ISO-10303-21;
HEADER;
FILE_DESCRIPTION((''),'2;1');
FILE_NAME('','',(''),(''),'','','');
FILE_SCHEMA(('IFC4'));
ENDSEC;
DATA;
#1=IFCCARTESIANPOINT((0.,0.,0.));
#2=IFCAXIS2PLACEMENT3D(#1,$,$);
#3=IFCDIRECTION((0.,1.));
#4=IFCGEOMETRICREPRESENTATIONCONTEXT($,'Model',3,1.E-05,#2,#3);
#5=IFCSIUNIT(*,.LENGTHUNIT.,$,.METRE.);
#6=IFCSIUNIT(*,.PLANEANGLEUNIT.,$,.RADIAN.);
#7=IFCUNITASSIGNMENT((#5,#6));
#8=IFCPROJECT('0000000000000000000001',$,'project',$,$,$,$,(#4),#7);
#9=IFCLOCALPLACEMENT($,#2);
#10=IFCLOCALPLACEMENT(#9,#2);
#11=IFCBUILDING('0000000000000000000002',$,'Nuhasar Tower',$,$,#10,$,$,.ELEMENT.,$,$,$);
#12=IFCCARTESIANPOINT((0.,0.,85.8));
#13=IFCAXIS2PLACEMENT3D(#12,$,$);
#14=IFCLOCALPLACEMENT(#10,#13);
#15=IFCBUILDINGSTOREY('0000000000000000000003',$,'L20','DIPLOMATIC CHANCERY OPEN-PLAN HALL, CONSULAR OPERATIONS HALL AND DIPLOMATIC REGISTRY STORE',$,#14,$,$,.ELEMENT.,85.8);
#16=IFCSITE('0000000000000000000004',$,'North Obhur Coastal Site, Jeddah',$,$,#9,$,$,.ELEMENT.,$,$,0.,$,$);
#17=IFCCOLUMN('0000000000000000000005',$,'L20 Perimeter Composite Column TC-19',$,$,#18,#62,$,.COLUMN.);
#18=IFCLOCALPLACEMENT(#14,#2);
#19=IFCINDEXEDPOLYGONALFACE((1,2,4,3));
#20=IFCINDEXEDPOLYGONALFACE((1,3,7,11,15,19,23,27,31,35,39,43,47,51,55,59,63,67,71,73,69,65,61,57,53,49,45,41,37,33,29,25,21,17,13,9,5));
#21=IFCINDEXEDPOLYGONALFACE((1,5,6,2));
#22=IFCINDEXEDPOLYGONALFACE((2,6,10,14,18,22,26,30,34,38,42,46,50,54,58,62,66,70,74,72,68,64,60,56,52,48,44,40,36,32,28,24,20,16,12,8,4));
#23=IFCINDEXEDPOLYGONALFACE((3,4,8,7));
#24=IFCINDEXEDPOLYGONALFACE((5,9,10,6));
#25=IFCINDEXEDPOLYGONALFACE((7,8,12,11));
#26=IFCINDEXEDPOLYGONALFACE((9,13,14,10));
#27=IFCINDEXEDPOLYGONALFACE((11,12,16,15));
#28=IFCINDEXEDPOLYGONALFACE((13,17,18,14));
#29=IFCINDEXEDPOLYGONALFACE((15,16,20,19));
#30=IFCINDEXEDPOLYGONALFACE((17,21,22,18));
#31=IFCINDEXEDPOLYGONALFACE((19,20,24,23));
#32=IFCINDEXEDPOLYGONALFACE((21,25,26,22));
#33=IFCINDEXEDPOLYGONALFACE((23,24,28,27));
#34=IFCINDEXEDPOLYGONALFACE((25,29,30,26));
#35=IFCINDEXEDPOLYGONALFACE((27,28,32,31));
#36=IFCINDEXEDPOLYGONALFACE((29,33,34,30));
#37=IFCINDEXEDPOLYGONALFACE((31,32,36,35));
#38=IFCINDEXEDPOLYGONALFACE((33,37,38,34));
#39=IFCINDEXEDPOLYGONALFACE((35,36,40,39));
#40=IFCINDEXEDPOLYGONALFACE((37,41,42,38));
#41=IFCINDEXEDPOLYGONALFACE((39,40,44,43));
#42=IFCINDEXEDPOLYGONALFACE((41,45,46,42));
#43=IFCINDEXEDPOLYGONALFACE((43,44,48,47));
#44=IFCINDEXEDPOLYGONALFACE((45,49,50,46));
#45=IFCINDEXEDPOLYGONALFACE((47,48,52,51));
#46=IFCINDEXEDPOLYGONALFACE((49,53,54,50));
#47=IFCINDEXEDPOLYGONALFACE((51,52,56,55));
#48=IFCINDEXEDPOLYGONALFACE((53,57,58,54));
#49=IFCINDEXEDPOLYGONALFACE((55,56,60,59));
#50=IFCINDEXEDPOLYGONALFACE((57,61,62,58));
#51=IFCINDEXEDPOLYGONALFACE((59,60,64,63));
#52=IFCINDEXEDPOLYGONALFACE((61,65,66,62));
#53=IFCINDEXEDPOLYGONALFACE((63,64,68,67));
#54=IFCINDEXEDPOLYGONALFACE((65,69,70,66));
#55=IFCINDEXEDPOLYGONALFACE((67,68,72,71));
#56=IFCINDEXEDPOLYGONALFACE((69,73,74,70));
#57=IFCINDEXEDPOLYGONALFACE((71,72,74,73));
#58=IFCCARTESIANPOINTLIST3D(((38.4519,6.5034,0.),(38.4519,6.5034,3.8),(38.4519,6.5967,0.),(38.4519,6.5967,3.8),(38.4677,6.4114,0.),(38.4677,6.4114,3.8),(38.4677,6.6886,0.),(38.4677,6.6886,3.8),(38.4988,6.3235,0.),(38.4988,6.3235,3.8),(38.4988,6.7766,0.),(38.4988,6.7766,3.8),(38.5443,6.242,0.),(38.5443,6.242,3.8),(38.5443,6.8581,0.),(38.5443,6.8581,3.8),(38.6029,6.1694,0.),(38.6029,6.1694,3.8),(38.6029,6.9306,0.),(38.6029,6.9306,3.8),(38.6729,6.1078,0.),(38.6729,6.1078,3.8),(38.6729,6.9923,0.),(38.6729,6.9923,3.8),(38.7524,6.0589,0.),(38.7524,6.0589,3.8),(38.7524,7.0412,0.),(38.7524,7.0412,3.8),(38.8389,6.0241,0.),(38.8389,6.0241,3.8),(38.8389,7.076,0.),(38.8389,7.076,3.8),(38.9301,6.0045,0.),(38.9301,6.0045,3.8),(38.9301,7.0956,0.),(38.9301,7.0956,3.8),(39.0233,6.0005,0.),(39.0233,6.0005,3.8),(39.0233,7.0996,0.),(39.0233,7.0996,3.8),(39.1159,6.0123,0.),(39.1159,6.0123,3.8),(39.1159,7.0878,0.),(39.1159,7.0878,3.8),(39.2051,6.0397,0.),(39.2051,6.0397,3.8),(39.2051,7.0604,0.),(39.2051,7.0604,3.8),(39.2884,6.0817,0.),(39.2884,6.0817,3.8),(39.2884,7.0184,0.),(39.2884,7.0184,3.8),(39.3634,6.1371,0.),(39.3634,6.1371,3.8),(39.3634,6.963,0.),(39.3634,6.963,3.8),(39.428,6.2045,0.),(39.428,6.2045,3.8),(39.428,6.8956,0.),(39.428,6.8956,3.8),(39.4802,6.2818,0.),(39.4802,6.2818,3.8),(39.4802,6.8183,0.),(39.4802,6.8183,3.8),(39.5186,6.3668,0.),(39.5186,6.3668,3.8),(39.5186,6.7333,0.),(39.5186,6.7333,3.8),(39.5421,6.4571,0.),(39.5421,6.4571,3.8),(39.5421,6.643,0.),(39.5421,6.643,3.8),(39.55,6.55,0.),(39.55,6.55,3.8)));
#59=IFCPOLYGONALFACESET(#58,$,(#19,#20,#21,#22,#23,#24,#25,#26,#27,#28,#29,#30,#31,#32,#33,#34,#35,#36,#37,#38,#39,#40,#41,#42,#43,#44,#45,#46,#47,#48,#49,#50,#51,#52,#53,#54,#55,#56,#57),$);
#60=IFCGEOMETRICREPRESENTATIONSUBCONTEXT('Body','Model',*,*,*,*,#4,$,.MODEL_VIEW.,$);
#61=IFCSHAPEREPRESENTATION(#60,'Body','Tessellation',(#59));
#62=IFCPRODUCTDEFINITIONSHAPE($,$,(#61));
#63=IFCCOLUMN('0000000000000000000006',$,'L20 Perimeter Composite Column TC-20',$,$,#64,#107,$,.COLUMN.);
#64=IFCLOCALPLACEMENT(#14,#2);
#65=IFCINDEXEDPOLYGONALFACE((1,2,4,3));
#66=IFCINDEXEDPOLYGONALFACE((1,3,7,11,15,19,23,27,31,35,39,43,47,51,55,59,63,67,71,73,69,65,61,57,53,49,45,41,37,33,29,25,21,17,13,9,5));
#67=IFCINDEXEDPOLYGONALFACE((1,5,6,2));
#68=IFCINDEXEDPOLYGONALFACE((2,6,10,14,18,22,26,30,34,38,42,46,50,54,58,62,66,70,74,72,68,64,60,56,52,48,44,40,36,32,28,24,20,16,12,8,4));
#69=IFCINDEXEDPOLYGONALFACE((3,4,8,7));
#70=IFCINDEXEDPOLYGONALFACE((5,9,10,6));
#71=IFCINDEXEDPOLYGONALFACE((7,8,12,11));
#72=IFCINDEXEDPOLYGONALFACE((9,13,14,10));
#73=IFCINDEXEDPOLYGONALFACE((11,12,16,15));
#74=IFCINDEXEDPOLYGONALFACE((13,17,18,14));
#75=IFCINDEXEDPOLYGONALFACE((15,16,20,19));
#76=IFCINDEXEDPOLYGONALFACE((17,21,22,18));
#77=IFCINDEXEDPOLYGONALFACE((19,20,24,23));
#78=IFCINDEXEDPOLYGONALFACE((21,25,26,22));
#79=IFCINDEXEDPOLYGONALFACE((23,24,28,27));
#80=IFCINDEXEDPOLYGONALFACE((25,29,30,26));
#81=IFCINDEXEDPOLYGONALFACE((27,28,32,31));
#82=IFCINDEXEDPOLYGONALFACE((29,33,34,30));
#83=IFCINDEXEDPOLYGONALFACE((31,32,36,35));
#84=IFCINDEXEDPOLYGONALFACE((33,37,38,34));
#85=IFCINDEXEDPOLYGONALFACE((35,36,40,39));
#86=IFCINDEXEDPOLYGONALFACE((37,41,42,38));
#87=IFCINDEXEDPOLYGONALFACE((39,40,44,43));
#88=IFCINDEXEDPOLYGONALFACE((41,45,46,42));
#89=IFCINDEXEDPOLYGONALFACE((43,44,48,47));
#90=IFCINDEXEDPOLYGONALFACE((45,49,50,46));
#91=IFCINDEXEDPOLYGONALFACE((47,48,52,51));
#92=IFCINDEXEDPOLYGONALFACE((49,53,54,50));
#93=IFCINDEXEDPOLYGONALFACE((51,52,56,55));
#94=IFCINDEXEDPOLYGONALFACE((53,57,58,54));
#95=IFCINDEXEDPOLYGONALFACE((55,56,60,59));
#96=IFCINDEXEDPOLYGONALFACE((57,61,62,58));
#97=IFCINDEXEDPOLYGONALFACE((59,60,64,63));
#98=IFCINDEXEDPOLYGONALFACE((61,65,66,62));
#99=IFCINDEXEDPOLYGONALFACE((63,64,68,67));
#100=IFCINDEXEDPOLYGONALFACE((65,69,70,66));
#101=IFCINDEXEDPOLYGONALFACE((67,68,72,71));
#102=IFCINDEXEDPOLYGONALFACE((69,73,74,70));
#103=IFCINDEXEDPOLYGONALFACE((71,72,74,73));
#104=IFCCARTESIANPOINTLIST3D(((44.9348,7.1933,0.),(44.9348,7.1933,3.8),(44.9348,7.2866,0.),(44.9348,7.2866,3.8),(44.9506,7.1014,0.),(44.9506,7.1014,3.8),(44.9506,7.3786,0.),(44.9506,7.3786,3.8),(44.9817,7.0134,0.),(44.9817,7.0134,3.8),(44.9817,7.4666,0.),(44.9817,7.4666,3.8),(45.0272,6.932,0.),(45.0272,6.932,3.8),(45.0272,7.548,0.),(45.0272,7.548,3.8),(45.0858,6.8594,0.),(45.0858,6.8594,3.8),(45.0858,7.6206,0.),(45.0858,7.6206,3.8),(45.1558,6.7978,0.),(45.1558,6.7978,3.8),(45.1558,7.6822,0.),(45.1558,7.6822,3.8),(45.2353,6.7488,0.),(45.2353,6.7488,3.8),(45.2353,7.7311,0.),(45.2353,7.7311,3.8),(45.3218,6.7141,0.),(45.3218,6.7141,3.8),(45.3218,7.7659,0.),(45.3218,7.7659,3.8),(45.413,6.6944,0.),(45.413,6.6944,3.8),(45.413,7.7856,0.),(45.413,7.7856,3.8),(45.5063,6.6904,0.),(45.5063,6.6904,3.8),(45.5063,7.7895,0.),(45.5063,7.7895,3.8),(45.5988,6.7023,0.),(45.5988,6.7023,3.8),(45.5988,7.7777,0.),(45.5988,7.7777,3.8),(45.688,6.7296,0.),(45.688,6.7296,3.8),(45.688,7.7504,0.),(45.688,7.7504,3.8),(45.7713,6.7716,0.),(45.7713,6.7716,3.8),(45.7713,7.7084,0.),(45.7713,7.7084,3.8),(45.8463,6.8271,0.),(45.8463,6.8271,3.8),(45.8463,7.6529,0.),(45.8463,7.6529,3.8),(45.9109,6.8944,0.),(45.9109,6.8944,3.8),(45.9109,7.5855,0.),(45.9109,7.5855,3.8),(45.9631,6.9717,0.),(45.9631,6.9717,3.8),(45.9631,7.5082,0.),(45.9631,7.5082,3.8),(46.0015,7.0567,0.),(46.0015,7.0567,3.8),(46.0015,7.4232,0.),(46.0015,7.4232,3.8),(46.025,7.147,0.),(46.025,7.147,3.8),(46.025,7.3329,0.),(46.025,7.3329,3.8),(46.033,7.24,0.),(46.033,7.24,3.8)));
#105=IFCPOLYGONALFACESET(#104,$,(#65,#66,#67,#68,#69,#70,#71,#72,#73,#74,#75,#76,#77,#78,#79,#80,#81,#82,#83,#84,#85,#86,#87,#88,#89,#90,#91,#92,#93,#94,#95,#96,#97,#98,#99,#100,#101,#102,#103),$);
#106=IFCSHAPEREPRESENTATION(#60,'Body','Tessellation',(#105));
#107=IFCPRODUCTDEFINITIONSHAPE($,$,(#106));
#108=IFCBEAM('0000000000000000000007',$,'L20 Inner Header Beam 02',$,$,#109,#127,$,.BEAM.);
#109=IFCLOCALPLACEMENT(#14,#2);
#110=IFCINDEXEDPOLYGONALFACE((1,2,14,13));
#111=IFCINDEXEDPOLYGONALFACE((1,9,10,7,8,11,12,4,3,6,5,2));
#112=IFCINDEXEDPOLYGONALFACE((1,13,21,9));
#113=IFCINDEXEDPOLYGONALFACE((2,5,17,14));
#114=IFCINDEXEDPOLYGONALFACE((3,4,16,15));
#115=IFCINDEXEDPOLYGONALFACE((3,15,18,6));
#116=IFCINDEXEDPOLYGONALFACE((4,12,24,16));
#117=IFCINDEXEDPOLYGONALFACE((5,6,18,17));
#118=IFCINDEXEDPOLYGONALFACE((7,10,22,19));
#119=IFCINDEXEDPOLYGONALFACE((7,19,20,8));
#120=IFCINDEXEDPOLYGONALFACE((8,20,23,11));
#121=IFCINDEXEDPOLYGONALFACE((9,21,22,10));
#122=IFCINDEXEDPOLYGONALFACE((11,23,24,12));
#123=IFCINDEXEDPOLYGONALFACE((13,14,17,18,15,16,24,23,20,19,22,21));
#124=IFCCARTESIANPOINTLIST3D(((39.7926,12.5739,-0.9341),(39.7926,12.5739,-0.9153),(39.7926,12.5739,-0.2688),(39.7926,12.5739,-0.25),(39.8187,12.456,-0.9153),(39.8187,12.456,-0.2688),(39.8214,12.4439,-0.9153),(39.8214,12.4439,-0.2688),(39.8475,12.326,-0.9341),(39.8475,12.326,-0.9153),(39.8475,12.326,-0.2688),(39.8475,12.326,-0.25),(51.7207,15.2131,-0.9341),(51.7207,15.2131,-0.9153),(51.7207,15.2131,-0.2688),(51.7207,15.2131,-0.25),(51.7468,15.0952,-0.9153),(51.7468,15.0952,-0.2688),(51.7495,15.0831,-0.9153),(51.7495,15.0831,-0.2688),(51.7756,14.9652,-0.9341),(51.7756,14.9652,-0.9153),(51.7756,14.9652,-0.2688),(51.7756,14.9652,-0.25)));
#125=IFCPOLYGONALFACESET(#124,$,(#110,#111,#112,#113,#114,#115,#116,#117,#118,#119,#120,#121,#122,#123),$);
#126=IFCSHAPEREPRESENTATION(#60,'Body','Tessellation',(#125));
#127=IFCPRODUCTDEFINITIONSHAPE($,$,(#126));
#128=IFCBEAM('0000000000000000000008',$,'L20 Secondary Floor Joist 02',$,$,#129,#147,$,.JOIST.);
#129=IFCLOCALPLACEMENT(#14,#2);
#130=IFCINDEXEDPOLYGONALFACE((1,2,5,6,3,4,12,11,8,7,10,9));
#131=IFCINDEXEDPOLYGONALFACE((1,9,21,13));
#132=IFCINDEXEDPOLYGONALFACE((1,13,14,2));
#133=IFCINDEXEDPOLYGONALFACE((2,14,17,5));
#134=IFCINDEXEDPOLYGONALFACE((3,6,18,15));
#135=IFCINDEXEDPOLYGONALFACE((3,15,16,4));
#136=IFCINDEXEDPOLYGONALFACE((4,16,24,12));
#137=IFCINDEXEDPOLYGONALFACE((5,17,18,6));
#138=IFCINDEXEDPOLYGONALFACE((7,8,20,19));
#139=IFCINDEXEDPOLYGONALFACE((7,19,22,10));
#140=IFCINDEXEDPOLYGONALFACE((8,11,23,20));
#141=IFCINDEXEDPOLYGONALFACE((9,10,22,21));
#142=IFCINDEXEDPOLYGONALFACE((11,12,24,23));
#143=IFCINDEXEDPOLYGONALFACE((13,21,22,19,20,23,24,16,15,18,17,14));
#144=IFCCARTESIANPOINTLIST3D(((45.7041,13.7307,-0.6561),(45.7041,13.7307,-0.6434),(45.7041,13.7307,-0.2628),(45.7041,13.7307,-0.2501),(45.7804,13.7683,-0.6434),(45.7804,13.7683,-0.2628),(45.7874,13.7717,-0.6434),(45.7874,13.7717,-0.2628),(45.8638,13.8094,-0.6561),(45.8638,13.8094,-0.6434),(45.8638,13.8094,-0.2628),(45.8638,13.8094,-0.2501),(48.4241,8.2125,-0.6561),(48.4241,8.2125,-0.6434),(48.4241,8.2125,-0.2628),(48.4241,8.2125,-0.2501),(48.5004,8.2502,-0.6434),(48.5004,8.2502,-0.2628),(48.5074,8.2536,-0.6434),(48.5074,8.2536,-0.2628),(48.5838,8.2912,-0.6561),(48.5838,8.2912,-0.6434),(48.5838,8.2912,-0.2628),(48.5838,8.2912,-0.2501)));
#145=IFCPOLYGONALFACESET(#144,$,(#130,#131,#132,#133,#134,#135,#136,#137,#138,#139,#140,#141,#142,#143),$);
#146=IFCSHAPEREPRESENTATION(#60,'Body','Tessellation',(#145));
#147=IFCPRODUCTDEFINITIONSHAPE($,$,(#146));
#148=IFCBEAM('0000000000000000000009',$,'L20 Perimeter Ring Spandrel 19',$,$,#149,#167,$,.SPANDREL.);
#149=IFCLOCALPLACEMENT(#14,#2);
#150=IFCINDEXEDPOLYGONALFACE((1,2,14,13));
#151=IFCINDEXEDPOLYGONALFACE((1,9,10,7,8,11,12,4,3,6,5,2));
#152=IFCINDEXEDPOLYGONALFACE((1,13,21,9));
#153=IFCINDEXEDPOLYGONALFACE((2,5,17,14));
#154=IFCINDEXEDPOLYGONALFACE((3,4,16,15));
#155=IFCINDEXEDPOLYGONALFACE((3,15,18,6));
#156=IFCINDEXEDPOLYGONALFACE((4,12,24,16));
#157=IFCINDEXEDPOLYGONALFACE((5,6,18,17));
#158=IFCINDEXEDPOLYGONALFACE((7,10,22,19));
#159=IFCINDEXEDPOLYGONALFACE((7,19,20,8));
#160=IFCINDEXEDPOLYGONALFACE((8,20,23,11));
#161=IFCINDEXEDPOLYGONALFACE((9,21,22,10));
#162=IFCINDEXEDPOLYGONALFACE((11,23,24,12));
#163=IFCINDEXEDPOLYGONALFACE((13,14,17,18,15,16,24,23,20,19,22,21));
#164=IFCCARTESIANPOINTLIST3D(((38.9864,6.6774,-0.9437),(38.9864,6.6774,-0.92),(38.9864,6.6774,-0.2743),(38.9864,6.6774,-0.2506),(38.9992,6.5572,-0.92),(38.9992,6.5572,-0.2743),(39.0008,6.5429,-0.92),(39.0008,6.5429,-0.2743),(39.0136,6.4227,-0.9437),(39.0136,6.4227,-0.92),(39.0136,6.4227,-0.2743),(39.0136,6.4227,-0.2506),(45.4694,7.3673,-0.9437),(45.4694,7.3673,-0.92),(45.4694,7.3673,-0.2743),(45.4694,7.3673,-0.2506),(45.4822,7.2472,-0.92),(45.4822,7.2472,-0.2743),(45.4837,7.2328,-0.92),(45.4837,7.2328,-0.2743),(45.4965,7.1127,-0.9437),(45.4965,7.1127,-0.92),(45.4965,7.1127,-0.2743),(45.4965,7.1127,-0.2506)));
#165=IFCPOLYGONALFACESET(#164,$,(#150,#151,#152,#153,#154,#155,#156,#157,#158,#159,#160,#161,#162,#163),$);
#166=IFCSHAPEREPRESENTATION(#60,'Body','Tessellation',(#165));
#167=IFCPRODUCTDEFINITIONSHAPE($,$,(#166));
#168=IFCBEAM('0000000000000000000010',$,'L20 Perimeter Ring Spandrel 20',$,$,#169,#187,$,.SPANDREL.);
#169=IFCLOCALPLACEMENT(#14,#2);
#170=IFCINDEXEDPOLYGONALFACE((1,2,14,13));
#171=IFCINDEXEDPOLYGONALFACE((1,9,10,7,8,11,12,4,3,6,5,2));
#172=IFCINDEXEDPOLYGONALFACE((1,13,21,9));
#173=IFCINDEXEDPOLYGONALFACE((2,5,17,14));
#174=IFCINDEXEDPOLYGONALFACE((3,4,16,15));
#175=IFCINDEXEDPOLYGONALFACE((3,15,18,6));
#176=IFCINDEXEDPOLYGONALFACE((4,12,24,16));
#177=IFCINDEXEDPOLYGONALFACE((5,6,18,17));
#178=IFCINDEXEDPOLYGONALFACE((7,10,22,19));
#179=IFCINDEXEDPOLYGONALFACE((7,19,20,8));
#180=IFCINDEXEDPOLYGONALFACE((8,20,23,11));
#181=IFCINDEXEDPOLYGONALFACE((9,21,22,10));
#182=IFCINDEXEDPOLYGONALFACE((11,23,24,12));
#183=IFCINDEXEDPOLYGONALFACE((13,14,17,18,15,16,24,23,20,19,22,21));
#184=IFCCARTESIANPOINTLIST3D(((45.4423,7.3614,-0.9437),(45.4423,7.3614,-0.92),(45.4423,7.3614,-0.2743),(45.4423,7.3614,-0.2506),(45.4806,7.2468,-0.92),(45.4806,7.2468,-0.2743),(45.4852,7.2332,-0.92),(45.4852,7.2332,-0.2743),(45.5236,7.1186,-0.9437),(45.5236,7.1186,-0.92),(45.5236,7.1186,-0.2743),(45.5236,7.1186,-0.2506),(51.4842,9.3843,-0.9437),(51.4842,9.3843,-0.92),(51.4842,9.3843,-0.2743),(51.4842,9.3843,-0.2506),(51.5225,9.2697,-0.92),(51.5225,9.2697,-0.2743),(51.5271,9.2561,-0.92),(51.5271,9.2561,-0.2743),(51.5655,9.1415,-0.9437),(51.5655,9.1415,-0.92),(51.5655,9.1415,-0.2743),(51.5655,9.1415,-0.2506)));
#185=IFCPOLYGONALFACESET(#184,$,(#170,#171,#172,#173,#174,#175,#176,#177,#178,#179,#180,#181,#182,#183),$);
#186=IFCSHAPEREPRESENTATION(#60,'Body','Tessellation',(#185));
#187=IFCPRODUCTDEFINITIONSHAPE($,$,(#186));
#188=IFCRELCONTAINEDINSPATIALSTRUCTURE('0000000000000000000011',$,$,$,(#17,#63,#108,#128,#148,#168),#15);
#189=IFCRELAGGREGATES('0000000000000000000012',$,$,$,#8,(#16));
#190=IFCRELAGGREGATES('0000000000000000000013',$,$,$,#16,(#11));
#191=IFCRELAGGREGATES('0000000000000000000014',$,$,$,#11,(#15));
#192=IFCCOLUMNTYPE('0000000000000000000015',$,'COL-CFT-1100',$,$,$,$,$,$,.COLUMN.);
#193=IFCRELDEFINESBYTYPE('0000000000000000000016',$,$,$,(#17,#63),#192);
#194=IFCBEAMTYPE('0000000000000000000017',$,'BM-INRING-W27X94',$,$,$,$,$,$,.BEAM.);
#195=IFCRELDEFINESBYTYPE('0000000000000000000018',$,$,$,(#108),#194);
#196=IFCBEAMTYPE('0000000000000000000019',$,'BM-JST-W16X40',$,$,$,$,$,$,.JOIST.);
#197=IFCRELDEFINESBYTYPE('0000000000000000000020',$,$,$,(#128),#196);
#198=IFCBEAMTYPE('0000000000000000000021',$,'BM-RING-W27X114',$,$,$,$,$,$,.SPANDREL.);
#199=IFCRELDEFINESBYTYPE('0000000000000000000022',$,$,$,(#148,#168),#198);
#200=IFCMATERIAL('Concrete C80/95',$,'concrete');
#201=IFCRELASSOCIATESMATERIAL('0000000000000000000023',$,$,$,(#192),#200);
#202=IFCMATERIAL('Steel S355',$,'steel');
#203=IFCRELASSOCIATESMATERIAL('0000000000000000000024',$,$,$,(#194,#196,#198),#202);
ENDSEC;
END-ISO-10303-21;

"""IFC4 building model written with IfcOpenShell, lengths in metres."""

from ifc_helpers import new_model, si_unit, direction, frame, origin, origin_2d, place, context, subcontext, project, spatial, circle, i_section, extrude, material, material_profile, profile_set, type_object, element, save


model = new_model("IFC4")

# Units and contexts
model_context = context("Model", 3, precision=1e-05, world=origin(), true_north=direction((0.0, 1.0)))
body_context = subcontext(model_context, "Body", "Model", "MODEL_VIEW")
ifc_project = project(units=[si_unit("LENGTHUNIT", "METRE"), si_unit("PLANEANGLEUNIT", "RADIAN")], contexts=[model_context])

# Site, building, storey
site_placement = place(None, origin())
site = spatial("IfcSite", under=ifc_project, at=site_placement, Name="North Obhur Coastal Site, Jeddah", CompositionType="ELEMENT", RefElevation=0.0)
building_placement = place(site_placement, origin())
building = spatial("IfcBuilding", under=site, at=building_placement, Name="Nuhasar Tower", CompositionType="ELEMENT")
storey_placement = place(building_placement, frame((0.0, 0.0, 85.8)))
storey = spatial("IfcBuildingStorey", under=building, at=storey_placement, Name="L20", Description="DIPLOMATIC CHANCERY OPEN-PLAN HALL, CONSULAR OPERATIONS HALL AND DIPLOMATIC REGISTRY STORE", CompositionType="ELEMENT", Elevation=85.8)

# Columns
ifc_material_1 = material(Name="Concrete C80/95", Category="concrete")
ifc_material_profile_1 = material_profile(ifc_material_1, circle(Radius=0.55, at=origin_2d()), Name="CFT1100")
ifc_profile_set_1 = profile_set([ifc_material_profile_1], Name="Concrete C80/95")
column_type = type_object("IfcColumnType", Name="COL-CFT-1100", PredefinedType="COLUMN", material=ifc_profile_set_1)
for number, where, z_axis, x_axis, name in (
    (1, (39.0, 6.55, 0.0), (0.0, 0.0, 1.0), (1.0, 0.0, 0.0), "L20 Perimeter Composite Column TC-19"),
    (2, (45.4829, 7.24, 0.0), (0.0, 0.0, 1.0), (1.0, 0.0, 0.0), "L20 Perimeter Composite Column TC-20"),
):
    element("IfcColumn", number, at=place(storey_placement, frame(where, z_axis=z_axis, x_axis=x_axis)), inside=storey, type_object=column_type, Name=name, PredefinedType="COLUMN", context=body_context, shape_type="SweptSolid", body=[
        extrude(circle(Radius=0.55, at=origin_2d()), origin(), (0.0, 0.0, 1.0), 3.8),
    ])

# Beams
ifc_material_2 = material(Name="Steel S355", Category="steel")
ifc_material_profile_2 = material_profile(ifc_material_2, i_section(OverallWidth=0.2539, OverallDepth=0.6841, WebThickness=0.0125, FlangeThickness=0.0188, at=origin_2d()), Name="W27X94")
ifc_profile_set_2 = profile_set([ifc_material_profile_2], Name="Steel S355")
beam_type_1 = type_object("IfcBeamType", Name="BM-INRING-W27X94", PredefinedType="BEAM", material=ifc_profile_set_2)
beam_1_placement = place(storey_placement, frame((39.8201, 12.45, -0.592), z_axis=(0.976386, 0.216033, 0.0), x_axis=(-0.216033, 0.976386, 0.0)))
element("IfcBeam", 3, at=beam_1_placement, inside=storey, type_object=beam_type_1, Name="L20 Inner Header Beam 02", PredefinedType="BEAM", context=body_context, shape_type="SweptSolid", body=[
    extrude(i_section(OverallWidth=0.2539, OverallDepth=0.6841, WebThickness=0.0125, FlangeThickness=0.0188, at=origin_2d()), origin(), (0.0, 0.0, 1.0), 12.2166),
])
ifc_material_profile_3 = material_profile(ifc_material_2, i_section(OverallWidth=0.178, OverallDepth=0.406, WebThickness=0.0078, FlangeThickness=0.0127, at=origin_2d()), Name="W16X40")
ifc_profile_set_3 = profile_set([ifc_material_profile_3], Name="Steel S355")
beam_type_2 = type_object("IfcBeamType", Name="BM-JST-W16X40", PredefinedType="JOIST", material=ifc_profile_set_3)
beam_2_placement = place(storey_placement, frame((45.7839, 13.77, -0.4531), z_axis=(0.442127, -0.896953, 0.0), x_axis=(0.896953, 0.442127, 0.0)))
element("IfcBeam", 4, at=beam_2_placement, inside=storey, type_object=beam_type_2, Name="L20 Secondary Floor Joist 02", PredefinedType="JOIST", context=body_context, shape_type="SweptSolid", body=[
    extrude(i_section(OverallWidth=0.178, OverallDepth=0.406, WebThickness=0.0078, FlangeThickness=0.0127, at=origin_2d()), origin(), (0.0, 0.0, 1.0), 6.1521),
])
ifc_material_profile_4 = material_profile(ifc_material_2, i_section(OverallWidth=0.2561, OverallDepth=0.6931, WebThickness=0.0144, FlangeThickness=0.0237, at=origin_2d()), Name="W27X114")
ifc_profile_set_4 = profile_set([ifc_material_profile_4], Name="Steel S355")
beam_type_3 = type_object("IfcBeamType", Name="BM-RING-W27X114", PredefinedType="SPANDREL", material=ifc_profile_set_4)
beam_3_placement = place(storey_placement, frame((39.0, 6.55, -0.5972), z_axis=(0.994385, 0.105827, 0.0), x_axis=(-0.105827, 0.994385, 0.0)))
element("IfcBeam", 5, at=beam_3_placement, inside=storey, type_object=beam_type_3, Name="L20 Perimeter Ring Spandrel 19", PredefinedType="SPANDREL", context=body_context, shape_type="SweptSolid", body=[
    extrude(i_section(OverallWidth=0.2561, OverallDepth=0.6931, WebThickness=0.0144, FlangeThickness=0.0237, at=origin_2d()), origin(), (0.0, 0.0, 1.0), 6.5195),
])
beam_4_placement = place(storey_placement, frame((45.4829, 7.24, -0.5972), z_axis=(0.948261, 0.317492, 0.0), x_axis=(-0.317492, 0.948261, 0.0)))
element("IfcBeam", 6, at=beam_4_placement, inside=storey, type_object=beam_type_3, Name="L20 Perimeter Ring Spandrel 20", PredefinedType="SPANDREL", context=body_context, shape_type="SweptSolid", body=[
    extrude(i_section(OverallWidth=0.2561, OverallDepth=0.6931, WebThickness=0.0144, FlangeThickness=0.0237, at=origin_2d()), origin(), (0.0, 0.0, 1.0), 6.3716),
])

save(model, "model.ifc")
